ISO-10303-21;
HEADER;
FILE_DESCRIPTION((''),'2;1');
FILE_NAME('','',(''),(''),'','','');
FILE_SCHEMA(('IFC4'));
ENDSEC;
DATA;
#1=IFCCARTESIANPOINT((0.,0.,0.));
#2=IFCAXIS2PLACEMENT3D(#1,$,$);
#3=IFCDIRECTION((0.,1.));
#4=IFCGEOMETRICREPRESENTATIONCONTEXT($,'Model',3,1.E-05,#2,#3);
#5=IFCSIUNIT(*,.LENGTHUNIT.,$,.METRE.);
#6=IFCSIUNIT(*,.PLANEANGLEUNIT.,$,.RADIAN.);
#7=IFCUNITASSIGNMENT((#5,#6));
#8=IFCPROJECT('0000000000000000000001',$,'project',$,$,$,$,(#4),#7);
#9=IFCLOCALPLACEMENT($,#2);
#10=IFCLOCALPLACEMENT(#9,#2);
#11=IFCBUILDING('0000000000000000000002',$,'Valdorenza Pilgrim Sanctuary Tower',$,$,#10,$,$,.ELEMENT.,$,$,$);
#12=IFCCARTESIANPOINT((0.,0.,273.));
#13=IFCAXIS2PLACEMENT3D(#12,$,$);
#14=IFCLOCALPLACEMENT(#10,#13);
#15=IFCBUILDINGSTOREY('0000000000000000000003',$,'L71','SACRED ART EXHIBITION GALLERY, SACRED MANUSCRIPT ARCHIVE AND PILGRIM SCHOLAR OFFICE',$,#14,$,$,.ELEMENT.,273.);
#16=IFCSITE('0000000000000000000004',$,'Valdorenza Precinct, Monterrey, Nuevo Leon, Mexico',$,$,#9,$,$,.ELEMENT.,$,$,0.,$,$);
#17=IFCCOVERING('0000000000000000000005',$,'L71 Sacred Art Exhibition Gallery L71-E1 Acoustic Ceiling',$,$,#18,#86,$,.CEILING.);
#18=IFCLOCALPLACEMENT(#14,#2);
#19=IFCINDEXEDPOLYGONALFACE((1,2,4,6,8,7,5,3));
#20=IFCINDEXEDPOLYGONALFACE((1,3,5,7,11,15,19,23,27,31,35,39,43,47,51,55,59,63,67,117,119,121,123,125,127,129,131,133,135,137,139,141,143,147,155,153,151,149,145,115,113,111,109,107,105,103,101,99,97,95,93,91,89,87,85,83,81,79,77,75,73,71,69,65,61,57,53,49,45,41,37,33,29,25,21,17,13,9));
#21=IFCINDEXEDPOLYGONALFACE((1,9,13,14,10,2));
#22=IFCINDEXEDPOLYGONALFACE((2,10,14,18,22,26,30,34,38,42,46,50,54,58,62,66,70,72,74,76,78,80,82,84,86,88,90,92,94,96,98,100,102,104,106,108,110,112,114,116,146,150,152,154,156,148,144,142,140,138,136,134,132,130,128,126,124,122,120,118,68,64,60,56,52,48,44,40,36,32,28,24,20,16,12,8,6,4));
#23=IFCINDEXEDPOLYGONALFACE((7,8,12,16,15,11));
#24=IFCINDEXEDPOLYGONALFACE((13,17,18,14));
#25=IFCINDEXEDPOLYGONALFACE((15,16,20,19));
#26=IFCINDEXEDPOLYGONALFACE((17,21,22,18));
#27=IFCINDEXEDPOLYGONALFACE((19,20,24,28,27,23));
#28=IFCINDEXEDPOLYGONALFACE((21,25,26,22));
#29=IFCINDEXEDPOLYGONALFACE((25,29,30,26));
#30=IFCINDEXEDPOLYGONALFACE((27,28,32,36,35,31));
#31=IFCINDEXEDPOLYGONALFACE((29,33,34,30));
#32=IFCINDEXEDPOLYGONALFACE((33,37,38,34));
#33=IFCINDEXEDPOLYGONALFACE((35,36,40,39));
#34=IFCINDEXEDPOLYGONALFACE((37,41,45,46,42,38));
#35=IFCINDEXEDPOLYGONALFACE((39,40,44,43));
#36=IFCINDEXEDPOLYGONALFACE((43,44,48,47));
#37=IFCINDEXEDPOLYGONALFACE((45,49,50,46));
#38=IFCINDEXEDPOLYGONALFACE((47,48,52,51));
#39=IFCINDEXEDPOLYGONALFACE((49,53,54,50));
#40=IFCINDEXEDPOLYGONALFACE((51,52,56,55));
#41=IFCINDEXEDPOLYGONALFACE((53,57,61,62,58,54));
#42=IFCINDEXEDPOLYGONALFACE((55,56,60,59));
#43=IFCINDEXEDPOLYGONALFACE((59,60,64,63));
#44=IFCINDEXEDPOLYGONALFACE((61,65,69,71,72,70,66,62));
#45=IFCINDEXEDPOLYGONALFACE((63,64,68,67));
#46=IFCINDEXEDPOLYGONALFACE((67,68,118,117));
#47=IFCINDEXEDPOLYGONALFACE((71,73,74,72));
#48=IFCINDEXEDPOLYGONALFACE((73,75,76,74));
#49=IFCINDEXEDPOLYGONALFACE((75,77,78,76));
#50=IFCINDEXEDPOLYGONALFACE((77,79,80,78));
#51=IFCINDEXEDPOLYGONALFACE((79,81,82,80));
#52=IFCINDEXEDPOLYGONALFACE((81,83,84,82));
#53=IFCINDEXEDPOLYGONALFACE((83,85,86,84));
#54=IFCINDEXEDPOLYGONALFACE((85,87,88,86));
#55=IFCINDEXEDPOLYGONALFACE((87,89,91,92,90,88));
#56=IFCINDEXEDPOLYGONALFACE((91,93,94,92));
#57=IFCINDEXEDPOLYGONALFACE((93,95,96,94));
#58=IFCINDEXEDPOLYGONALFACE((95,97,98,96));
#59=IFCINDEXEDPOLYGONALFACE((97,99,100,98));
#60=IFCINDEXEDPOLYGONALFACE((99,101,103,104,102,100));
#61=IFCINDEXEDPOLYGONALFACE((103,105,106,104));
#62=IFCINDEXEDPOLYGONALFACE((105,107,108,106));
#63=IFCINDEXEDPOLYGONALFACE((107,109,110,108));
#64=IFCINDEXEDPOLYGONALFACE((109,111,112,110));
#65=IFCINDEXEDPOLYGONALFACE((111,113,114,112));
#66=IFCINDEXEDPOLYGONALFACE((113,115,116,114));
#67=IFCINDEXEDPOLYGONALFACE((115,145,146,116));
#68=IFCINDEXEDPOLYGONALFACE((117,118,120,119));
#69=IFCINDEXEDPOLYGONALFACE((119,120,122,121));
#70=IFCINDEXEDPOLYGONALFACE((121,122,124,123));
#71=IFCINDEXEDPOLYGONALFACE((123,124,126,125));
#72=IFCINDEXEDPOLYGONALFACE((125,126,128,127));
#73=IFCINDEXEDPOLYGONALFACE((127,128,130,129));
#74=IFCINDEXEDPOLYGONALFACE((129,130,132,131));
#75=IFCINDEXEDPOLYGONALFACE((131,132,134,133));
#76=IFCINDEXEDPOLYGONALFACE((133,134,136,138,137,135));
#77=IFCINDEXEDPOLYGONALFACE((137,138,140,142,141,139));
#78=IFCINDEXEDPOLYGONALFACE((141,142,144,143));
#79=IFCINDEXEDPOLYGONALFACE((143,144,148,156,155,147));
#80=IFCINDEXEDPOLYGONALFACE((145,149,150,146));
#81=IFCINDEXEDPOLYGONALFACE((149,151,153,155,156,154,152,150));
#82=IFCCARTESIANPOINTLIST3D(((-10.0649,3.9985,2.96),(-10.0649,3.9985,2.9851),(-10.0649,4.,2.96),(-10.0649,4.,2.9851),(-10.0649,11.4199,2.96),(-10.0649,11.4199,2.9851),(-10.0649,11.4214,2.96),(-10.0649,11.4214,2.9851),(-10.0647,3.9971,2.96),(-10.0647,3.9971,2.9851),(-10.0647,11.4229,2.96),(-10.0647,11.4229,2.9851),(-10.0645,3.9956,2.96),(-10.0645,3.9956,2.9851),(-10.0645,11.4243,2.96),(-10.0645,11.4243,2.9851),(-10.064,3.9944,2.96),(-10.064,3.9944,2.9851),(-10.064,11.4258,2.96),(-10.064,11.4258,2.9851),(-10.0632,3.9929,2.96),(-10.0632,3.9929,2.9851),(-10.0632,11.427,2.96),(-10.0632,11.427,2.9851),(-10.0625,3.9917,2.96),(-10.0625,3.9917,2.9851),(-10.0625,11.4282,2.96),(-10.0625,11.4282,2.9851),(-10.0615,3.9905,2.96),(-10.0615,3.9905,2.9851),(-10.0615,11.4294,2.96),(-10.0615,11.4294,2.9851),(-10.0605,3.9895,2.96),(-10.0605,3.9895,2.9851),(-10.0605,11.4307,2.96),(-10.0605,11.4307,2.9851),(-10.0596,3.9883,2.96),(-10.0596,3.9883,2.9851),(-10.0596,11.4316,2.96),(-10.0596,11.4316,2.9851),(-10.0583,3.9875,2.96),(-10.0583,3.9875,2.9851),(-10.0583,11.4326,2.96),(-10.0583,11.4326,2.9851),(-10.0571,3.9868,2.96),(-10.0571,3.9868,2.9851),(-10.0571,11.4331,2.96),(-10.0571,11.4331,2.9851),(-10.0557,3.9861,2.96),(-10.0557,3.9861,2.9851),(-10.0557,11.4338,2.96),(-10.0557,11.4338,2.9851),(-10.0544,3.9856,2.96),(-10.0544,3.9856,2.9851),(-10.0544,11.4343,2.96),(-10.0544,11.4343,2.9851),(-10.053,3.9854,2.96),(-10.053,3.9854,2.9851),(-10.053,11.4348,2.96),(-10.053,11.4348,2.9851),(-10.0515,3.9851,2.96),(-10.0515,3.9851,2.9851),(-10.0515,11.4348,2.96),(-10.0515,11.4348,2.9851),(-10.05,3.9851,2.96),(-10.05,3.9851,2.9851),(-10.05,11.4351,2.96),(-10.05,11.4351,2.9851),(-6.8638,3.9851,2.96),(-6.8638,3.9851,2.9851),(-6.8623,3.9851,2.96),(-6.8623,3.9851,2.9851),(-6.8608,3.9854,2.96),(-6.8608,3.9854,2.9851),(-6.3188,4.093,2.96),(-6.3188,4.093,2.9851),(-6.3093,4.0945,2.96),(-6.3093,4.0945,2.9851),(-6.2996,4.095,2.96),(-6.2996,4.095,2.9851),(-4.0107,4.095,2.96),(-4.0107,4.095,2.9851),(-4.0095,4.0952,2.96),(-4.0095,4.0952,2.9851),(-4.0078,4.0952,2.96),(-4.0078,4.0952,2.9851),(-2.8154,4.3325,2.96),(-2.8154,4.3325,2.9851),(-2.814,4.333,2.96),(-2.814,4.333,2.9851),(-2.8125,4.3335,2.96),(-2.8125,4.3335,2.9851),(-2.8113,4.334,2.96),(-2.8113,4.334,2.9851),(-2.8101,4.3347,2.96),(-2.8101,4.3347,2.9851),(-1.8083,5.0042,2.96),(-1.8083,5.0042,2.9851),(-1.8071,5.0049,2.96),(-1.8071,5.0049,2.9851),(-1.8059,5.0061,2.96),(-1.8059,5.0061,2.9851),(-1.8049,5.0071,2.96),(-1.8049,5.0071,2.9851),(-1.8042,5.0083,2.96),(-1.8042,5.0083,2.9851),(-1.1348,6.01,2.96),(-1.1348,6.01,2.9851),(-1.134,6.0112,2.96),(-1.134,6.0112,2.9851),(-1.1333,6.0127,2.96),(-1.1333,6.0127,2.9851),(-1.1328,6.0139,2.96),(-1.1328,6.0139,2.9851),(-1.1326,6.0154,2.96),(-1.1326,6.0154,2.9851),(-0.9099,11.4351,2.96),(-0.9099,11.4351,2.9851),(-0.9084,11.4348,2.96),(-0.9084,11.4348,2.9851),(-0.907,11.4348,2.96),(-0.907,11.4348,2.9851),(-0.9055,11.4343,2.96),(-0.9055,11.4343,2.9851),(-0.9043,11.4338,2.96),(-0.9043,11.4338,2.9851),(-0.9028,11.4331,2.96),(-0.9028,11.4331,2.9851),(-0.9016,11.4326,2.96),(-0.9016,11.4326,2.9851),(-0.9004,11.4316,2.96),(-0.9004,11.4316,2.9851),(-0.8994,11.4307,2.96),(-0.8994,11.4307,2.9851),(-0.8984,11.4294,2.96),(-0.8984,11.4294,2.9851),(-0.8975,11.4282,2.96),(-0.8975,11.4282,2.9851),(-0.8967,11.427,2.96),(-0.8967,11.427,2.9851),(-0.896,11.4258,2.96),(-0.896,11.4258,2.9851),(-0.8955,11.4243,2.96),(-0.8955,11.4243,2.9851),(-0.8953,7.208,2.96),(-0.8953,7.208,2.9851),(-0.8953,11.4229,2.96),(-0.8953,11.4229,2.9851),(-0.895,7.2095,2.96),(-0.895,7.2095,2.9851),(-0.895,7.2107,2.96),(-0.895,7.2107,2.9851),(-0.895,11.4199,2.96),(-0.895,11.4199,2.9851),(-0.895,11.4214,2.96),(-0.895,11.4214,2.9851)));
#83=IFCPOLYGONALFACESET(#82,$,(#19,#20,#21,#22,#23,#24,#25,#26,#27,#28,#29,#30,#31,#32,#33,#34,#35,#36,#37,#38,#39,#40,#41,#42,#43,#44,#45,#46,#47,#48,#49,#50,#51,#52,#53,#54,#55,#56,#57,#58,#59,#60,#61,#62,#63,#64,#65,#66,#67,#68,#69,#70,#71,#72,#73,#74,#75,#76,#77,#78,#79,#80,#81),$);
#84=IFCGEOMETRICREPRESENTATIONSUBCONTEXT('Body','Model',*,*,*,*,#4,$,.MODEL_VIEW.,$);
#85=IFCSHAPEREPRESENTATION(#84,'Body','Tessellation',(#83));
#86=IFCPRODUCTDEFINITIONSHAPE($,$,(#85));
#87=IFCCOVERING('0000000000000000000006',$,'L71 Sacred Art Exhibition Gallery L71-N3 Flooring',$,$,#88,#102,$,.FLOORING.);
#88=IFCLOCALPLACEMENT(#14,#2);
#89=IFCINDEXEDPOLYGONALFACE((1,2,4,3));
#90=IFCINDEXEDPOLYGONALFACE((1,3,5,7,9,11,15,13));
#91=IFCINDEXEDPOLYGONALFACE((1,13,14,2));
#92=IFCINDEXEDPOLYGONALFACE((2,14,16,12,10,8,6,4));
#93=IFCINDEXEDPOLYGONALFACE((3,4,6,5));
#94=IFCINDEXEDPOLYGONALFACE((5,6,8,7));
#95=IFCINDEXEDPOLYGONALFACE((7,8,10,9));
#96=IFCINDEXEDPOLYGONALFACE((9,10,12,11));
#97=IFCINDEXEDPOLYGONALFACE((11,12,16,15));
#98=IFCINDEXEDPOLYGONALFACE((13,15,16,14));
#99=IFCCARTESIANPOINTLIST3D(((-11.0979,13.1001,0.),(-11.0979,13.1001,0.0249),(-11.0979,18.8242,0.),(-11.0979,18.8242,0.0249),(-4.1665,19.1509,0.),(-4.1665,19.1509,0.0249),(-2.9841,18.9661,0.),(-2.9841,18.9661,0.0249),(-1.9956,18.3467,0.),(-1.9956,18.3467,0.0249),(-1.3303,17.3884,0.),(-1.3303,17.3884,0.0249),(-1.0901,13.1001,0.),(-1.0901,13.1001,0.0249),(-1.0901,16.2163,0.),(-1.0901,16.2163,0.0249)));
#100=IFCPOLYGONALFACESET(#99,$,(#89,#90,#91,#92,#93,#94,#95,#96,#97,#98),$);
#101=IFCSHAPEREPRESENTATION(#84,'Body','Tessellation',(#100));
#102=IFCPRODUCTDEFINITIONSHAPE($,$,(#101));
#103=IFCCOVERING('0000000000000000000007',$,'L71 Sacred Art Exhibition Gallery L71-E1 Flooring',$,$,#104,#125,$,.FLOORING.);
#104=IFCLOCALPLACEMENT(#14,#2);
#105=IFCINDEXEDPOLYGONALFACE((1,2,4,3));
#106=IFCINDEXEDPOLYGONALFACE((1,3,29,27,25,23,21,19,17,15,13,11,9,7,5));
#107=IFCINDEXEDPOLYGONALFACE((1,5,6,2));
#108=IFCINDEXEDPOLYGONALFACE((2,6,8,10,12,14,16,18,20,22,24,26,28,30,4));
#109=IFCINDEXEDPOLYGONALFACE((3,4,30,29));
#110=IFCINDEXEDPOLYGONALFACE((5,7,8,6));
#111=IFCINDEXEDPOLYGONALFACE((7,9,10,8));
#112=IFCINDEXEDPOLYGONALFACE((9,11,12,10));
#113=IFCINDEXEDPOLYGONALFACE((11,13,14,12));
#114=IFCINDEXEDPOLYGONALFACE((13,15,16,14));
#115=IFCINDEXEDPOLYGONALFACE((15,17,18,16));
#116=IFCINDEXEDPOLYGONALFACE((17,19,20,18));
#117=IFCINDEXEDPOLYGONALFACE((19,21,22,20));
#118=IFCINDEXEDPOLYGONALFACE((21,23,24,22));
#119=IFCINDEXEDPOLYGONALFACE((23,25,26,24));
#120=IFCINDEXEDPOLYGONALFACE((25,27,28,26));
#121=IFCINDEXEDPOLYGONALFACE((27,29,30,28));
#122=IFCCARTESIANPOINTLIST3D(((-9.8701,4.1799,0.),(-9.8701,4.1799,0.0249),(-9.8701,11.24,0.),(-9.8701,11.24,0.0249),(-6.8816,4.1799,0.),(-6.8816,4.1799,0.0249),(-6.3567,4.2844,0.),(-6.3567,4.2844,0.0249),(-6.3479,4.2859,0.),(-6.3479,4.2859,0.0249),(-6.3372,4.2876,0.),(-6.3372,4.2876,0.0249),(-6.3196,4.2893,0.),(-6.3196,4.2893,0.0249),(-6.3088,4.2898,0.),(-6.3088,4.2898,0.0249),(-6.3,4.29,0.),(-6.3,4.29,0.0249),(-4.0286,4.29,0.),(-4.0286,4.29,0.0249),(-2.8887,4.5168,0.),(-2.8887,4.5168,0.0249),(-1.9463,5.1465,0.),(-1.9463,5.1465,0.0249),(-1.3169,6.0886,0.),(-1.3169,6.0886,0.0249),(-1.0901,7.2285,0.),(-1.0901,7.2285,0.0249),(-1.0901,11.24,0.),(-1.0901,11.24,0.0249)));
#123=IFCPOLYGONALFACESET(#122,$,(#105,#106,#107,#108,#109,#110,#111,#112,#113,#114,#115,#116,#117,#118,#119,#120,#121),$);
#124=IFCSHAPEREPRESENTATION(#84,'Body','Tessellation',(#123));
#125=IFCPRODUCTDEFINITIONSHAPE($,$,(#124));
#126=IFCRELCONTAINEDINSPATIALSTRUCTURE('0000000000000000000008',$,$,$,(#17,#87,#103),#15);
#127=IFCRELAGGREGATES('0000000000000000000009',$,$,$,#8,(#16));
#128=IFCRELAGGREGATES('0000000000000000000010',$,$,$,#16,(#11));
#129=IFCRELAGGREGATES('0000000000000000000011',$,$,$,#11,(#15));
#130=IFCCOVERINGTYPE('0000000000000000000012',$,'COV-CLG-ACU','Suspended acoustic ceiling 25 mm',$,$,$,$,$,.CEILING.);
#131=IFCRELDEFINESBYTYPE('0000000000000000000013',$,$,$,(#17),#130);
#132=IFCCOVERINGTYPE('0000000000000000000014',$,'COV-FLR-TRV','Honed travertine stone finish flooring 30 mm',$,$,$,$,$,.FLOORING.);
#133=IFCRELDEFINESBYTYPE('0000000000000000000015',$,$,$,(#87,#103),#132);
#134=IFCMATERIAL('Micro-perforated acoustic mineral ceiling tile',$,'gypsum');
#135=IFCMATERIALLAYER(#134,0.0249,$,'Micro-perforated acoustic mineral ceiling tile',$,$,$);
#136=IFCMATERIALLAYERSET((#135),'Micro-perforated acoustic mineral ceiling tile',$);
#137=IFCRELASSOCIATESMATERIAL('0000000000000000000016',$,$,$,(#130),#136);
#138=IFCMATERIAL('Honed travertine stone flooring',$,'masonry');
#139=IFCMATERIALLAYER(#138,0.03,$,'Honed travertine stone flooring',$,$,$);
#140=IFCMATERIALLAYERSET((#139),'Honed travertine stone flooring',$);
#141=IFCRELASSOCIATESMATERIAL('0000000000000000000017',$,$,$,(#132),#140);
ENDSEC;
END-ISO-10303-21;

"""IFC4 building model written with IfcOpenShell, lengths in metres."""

from ifc_helpers import new_model, si_unit, direction, frame, origin, place, context, subcontext, project, spatial, polyline, outline, extrude, material, layer, layer_set, type_object, element, save


model = new_model("IFC4")

# Units and contexts
model_context = context("Model", 3, precision=1e-05, world=origin(), true_north=direction((0.0, 1.0)))
body_context = subcontext(model_context, "Body", "Model", "MODEL_VIEW")
ifc_project = project(units=[si_unit("LENGTHUNIT", "METRE"), si_unit("PLANEANGLEUNIT", "RADIAN")], contexts=[model_context])

# Site, building, storey
site_placement = place(None, origin())
site = spatial("IfcSite", under=ifc_project, at=site_placement, Name="Valdorenza Precinct, Monterrey, Nuevo Leon, Mexico", CompositionType="ELEMENT", RefElevation=0.0)
building_placement = place(site_placement, origin())
building = spatial("IfcBuilding", under=site, at=building_placement, Name="Valdorenza Pilgrim Sanctuary Tower", CompositionType="ELEMENT")
storey_placement = place(building_placement, frame((0.0, 0.0, 273.0)))
storey = spatial("IfcBuildingStorey", under=building, at=storey_placement, Name="L71", Description="SACRED ART EXHIBITION GALLERY, SACRED MANUSCRIPT ARCHIVE AND PILGRIM SCHOLAR OFFICE", CompositionType="ELEMENT", Elevation=273.0)

# Coverings
ifc_material_1 = material(Name="Micro-perforated acoustic mineral ceiling tile", Category="gypsum")
ifc_layer_1 = layer(ifc_material_1, 0.0249, Name="Micro-perforated acoustic mineral ceiling tile")
ifc_layer_set_1 = layer_set([ifc_layer_1], Name="Micro-perforated acoustic mineral ceiling tile")
covering_type_1 = type_object("IfcCoveringType", Name="COV-CLG-ACU", Description="Suspended acoustic ceiling 25 mm", PredefinedType="CEILING", material=ifc_layer_set_1)
covering_1_placement = place(storey_placement, frame((0.0, 0.0, 2.96)))
element("IfcCovering", 1, at=covering_1_placement, inside=storey, type_object=covering_type_1, Name="L71 Sacred Art Exhibition Gallery L71-E1 Acoustic Ceiling", PredefinedType="CEILING", context=body_context, shape_type="SweptSolid", body=[
    extrude(outline(polyline([(-10.0649, 11.4199), (-10.0649, 11.4214), (-10.0647, 11.4229), (-10.0645, 11.4243), (-10.064, 11.4258), (-10.0632, 11.427), (-10.0625, 11.4282), (-10.0615, 11.4294), (-10.0605, 11.4307), (-10.0596, 11.4316), (-10.0583, 11.4326), (-10.0571, 11.4331), (-10.0557, 11.4338), (-10.0544, 11.4343), (-10.053, 11.4348), (-10.0515, 11.4348), (-10.05, 11.4351), (-0.9099, 11.4351), (-0.9084, 11.4348), (-0.907, 11.4348), (-0.9055, 11.4343), (-0.9043, 11.4338), (-0.9028, 11.4331), (-0.9016, 11.4326), (-0.9004, 11.4316), (-0.8994, 11.4307), (-0.8984, 11.4294), (-0.8975, 11.4282), (-0.8967, 11.427), (-0.896, 11.4258), (-0.8955, 11.4243), (-0.8953, 11.4229), (-0.895, 11.4214), (-0.895, 11.4199), (-0.895, 7.2107), (-0.895, 7.2095), (-0.8953, 7.208), (-1.1326, 6.0154), (-1.1328, 6.0139), (-1.1333, 6.0127), (-1.134, 6.0112), (-1.1348, 6.01), (-1.8042, 5.0083), (-1.8049, 5.0071), (-1.8059, 5.0061), (-1.8071, 5.0049), (-1.8083, 5.0042), (-2.8101, 4.3347), (-2.8113, 4.334), (-2.8125, 4.3335), (-2.814, 4.333), (-2.8154, 4.3325), (-4.0078, 4.0952), (-4.0095, 4.0952), (-4.0107, 4.095), (-6.2996, 4.095), (-6.3093, 4.0945), (-6.3188, 4.093), (-6.8608, 3.9854), (-6.8623, 3.9851), (-6.8638, 3.9851), (-10.05, 3.9851), (-10.0515, 3.9851), (-10.053, 3.9854), (-10.0544, 3.9856), (-10.0557, 3.9861), (-10.0571, 3.9868), (-10.0583, 3.9875), (-10.0596, 3.9883), (-10.0605, 3.9895), (-10.0615, 3.9905), (-10.0625, 3.9917), (-10.0632, 3.9929), (-10.064, 3.9944), (-10.0645, 3.9956), (-10.0647, 3.9971), (-10.0649, 3.9985), (-10.0649, 4.0), (-10.0649, 11.4199)])), origin(), (0.0, 0.0, 1.0), 0.0251),
])
ifc_material_2 = material(Name="Honed travertine stone flooring", Category="masonry")
ifc_layer_2 = layer(ifc_material_2, 0.03, Name="Honed travertine stone flooring")
ifc_layer_set_2 = layer_set([ifc_layer_2], Name="Honed travertine stone flooring")
covering_type_2 = type_object("IfcCoveringType", Name="COV-FLR-TRV", Description="Honed travertine stone finish flooring 30 mm", PredefinedType="FLOORING", material=ifc_layer_set_2)
covering_2_placement = place(storey_placement, origin())
element("IfcCovering", 2, at=covering_2_placement, inside=storey, type_object=covering_type_2, Name="L71 Sacred Art Exhibition Gallery L71-N3 Flooring", PredefinedType="FLOORING", context=body_context, shape_type="SweptSolid", body=[
    extrude(outline(polyline([(-4.1665, 19.1509), (-2.9841, 18.9661), (-1.9956, 18.3467), (-1.3303, 17.3884), (-1.0901, 16.2163), (-1.0901, 13.1001), (-11.0979, 13.1001), (-11.0979, 18.8242), (-4.1665, 19.1509)])), origin(), (0.0, 0.0, 1.0), 0.0249),
])
covering_3_placement = place(storey_placement, origin())
element("IfcCovering", 3, at=covering_3_placement, inside=storey, type_object=covering_type_2, Name="L71 Sacred Art Exhibition Gallery L71-E1 Flooring", PredefinedType="FLOORING", context=body_context, shape_type="SweptSolid", body=[
    extrude(outline(polyline([(-9.8701, 11.24), (-1.0901, 11.24), (-1.0901, 7.2285), (-1.3169, 6.0886), (-1.9463, 5.1465), (-2.8887, 4.5168), (-4.0286, 4.29), (-6.3, 4.29), (-6.3088, 4.2898), (-6.3196, 4.2893), (-6.3372, 4.2876), (-6.3479, 4.2859), (-6.3567, 4.2844), (-6.8816, 4.1799), (-9.8701, 4.1799), (-9.8701, 11.24)])), origin(), (0.0, 0.0, 1.0), 0.0249),
])

save(model, "model.ifc")
